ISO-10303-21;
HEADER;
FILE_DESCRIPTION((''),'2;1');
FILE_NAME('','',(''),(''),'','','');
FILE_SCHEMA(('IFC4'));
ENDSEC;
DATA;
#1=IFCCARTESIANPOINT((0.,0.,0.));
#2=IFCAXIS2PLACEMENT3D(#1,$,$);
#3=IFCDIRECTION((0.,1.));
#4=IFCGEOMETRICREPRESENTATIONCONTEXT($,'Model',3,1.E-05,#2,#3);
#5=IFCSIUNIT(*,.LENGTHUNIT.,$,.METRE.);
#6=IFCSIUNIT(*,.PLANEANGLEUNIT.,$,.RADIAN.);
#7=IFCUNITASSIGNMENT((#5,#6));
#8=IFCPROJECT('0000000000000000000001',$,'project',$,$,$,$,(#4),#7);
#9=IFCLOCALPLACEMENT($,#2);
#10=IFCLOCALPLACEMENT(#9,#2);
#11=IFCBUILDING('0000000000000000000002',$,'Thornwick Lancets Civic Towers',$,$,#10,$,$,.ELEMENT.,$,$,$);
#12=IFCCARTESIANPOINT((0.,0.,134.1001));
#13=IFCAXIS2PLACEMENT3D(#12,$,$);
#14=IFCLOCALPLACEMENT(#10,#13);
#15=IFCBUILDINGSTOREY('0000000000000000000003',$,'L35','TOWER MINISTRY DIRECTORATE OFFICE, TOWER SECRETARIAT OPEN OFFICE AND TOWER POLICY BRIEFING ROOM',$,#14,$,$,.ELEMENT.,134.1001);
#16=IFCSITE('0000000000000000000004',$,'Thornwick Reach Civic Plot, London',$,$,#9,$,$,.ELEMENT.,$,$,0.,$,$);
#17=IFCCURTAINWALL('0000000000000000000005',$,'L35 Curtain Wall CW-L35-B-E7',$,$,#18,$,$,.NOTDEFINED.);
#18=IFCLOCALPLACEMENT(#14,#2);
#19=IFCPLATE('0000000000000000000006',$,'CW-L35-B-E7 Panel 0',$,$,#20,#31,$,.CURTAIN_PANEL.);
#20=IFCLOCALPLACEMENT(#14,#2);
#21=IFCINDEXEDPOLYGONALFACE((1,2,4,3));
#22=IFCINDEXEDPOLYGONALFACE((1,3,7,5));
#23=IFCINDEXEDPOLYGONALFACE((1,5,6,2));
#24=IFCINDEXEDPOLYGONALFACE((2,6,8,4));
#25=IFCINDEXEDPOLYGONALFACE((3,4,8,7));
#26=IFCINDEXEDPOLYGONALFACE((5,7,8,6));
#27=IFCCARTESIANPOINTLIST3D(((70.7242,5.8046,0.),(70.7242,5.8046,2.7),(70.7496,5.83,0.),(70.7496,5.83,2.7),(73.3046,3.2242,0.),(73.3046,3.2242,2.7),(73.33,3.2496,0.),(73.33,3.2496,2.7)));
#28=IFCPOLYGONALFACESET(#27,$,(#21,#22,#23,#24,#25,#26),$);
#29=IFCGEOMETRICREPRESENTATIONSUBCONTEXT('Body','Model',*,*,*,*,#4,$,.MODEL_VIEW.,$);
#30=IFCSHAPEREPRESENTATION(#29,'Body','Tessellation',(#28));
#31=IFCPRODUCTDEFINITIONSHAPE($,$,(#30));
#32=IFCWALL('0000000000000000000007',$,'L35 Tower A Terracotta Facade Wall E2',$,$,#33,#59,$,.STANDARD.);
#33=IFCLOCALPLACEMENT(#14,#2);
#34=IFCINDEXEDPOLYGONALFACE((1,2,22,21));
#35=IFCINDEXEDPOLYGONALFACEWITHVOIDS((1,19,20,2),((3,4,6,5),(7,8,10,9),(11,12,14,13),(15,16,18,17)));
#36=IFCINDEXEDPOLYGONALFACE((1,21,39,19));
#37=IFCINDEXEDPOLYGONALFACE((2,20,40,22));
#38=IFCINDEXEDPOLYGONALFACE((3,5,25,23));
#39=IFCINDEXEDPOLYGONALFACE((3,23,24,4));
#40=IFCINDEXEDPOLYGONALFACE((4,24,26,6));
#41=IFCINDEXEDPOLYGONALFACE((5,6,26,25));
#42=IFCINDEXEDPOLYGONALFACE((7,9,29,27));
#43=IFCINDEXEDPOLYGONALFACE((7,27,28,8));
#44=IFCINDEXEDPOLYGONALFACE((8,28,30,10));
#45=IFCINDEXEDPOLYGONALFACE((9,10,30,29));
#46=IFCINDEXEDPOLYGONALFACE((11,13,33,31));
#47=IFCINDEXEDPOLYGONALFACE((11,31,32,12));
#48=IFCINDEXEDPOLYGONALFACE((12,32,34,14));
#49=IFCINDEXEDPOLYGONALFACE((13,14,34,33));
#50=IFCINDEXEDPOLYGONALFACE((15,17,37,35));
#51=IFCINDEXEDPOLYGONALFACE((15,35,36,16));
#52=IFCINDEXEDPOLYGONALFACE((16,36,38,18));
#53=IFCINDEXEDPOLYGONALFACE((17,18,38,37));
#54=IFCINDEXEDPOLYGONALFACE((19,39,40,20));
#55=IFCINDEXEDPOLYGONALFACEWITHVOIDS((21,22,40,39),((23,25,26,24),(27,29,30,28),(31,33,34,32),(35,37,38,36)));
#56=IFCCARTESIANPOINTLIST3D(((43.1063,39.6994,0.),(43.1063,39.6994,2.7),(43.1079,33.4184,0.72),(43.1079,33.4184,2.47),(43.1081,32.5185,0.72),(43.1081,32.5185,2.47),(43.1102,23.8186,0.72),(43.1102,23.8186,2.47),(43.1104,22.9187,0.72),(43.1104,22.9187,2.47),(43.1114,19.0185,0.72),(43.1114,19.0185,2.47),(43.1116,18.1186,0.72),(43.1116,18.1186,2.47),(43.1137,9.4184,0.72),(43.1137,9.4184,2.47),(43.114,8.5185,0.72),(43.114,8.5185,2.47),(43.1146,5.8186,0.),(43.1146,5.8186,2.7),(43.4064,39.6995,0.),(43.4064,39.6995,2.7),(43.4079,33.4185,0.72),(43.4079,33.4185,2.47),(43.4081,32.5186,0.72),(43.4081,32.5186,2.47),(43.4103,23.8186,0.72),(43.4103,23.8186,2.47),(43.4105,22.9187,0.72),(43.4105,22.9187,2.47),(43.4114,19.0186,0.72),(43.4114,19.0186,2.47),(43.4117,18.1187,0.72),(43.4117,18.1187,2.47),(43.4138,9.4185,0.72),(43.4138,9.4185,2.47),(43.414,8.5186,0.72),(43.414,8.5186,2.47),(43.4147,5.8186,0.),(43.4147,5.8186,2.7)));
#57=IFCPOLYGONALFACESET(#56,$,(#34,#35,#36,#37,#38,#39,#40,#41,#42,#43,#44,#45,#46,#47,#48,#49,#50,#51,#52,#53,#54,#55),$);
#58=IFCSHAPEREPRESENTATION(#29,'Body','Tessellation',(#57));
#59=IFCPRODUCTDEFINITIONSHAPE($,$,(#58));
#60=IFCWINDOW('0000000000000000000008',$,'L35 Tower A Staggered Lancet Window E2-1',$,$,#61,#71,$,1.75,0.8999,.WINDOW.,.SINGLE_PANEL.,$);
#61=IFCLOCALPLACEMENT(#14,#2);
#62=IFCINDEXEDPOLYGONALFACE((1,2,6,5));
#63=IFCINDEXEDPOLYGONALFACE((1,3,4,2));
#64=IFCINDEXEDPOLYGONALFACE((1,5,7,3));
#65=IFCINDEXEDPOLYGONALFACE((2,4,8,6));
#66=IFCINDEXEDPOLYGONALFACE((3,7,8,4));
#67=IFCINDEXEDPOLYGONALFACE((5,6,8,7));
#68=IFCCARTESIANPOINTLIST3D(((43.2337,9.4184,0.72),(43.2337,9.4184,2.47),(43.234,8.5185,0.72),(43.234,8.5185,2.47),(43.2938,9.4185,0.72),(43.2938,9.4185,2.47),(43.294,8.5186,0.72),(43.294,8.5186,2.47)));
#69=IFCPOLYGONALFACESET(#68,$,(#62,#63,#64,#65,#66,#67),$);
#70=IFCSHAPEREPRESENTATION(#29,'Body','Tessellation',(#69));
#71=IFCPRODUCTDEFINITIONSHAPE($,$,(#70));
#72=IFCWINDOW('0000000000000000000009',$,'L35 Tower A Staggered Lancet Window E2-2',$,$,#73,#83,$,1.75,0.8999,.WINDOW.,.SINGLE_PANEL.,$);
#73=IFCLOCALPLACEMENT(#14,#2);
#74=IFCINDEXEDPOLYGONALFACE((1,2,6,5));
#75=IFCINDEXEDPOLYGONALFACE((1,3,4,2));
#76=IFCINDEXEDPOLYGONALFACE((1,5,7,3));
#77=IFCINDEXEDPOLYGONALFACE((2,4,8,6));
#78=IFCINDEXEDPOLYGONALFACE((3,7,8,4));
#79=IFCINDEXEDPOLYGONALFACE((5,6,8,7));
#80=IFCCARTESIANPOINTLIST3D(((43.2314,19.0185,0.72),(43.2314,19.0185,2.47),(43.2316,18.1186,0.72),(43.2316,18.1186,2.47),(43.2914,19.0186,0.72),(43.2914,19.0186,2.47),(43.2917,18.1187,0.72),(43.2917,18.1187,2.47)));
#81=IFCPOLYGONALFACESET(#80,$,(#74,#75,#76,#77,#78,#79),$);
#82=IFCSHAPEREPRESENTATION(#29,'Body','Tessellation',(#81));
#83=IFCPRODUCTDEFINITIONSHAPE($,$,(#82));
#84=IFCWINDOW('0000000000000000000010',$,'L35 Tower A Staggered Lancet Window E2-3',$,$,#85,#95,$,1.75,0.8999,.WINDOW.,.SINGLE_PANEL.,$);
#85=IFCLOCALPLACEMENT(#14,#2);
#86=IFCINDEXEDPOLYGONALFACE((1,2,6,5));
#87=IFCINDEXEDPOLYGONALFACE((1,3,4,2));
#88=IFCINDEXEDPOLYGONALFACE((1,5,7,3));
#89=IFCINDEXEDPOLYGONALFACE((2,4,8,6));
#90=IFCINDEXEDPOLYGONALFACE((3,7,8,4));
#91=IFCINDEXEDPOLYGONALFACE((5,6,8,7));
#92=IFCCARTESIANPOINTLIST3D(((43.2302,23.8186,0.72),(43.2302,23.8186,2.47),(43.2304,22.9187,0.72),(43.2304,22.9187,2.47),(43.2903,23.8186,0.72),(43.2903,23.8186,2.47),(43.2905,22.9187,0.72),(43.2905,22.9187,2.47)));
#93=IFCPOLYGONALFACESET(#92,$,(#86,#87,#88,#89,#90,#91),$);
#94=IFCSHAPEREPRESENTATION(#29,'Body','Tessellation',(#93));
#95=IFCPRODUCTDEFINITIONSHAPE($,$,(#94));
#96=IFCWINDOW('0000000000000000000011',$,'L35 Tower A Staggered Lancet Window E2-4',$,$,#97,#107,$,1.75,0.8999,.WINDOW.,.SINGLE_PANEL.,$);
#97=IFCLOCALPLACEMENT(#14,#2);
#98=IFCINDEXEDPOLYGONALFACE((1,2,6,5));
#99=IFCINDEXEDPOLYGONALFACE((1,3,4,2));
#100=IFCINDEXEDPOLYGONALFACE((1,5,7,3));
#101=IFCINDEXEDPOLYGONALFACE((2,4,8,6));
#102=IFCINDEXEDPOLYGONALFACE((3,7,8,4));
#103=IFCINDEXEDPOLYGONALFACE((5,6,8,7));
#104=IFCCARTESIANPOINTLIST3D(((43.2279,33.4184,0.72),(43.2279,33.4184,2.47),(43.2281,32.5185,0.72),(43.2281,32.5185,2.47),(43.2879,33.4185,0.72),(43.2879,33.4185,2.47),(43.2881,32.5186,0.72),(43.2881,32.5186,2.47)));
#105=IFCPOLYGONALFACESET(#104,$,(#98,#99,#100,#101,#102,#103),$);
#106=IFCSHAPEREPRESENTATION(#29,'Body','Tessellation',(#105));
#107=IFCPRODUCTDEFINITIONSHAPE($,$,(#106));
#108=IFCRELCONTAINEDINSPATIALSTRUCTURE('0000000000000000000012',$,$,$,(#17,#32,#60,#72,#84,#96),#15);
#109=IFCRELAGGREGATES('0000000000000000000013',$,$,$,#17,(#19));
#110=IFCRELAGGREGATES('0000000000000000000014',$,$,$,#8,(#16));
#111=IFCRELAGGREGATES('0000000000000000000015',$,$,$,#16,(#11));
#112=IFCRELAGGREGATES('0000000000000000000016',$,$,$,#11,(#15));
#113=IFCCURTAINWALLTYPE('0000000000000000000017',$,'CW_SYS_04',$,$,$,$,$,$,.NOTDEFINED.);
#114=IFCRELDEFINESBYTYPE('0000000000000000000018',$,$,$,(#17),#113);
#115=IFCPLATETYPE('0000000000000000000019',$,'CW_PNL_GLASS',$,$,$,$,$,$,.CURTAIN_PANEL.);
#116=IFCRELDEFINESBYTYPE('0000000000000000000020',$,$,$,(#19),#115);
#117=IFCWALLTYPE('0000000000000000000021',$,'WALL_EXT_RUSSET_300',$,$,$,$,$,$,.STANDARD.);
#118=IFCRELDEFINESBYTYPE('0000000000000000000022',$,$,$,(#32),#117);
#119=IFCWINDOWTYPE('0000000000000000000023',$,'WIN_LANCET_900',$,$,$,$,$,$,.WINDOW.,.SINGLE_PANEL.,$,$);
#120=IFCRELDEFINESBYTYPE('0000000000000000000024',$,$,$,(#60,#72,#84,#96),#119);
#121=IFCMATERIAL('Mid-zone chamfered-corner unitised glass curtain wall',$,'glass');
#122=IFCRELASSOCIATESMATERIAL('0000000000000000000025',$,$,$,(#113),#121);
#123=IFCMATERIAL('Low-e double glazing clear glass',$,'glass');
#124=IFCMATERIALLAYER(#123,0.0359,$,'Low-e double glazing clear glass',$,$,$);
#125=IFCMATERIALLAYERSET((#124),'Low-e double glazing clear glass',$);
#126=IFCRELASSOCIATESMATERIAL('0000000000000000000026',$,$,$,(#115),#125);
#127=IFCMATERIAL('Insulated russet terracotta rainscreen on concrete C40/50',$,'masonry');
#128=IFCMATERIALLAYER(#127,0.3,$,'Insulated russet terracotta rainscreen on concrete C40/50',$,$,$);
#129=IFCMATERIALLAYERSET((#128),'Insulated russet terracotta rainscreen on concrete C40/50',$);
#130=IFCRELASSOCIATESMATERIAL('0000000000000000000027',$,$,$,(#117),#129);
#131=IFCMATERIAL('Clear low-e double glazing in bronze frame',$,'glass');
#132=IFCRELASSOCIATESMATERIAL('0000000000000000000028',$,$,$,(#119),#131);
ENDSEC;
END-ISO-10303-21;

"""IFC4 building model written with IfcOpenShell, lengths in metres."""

from ifc_helpers import new_model, si_unit, direction, frame, frame_2d, origin, origin_2d, place, context, subcontext, project, spatial, rectangle, extrude, material, layer, layer_set, type_object, element, fill, aggregate, save


model = new_model("IFC4")

# Units and contexts
model_context = context("Model", 3, precision=1e-05, world=origin(), true_north=direction((0.0, 1.0)))
body_context = subcontext(model_context, "Body", "Model", "MODEL_VIEW")
ifc_project = project(units=[si_unit("LENGTHUNIT", "METRE"), si_unit("PLANEANGLEUNIT", "RADIAN")], contexts=[model_context])

# Site, building, storey
site_placement = place(None, origin())
site = spatial("IfcSite", under=ifc_project, at=site_placement, Name="Thornwick Reach Civic Plot, London", CompositionType="ELEMENT", RefElevation=0.0)
building_placement = place(site_placement, origin())
building = spatial("IfcBuilding", under=site, at=building_placement, Name="Thornwick Lancets Civic Towers", CompositionType="ELEMENT")
storey_placement = place(building_placement, frame((0.0, 0.0, 134.1001)))
storey = spatial("IfcBuildingStorey", under=building, at=storey_placement, Name="L35", Description="TOWER MINISTRY DIRECTORATE OFFICE, TOWER SECRETARIAT OPEN OFFICE AND TOWER POLICY BRIEFING ROOM", CompositionType="ELEMENT", Elevation=134.1001)

# Shared definitions
ifc_material_1 = material(Name="Mid-zone chamfered-corner unitised glass curtain wall", Category="glass")
curtain_wall_type = type_object("IfcCurtainWallType", Name="CW_SYS_04", PredefinedType="NOTDEFINED", material=ifc_material_1)

# Curtain wall, plate
curtain_wall_1_placement = place(storey_placement, origin())
curtain_wall_1 = element("IfcCurtainWall", 1, at=curtain_wall_1_placement, inside=storey, type_object=curtain_wall_type, Name="L35 Curtain Wall CW-L35-B-E7", PredefinedType="NOTDEFINED")
ifc_material_2 = material(Name="Low-e double glazing clear glass", Category="glass")
ifc_layer_1 = layer(ifc_material_2, 0.0359, Name="Low-e double glazing clear glass")
ifc_layer_set_1 = layer_set([ifc_layer_1], Name="Low-e double glazing clear glass")
plate_type = type_object("IfcPlateType", Name="CW_PNL_GLASS", PredefinedType="CURTAIN_PANEL", material=ifc_layer_set_1)
plate_placement = place(storey_placement, frame((72.0271, 4.5271, 0.0), z_axis=(0.0, 0.0, 1.0), x_axis=(0.707107, -0.707107, 0.0)))
plate = element("IfcPlate", 2, at=plate_placement, type_object=plate_type, Name="CW-L35-B-E7 Panel 0", PredefinedType="CURTAIN_PANEL", context=body_context, shape_type="SweptSolid", body=[
    extrude(rectangle(XDim=3.6492, YDim=0.0359, at=origin_2d()), origin(), (0.0, 0.0, 1.0), 2.7),
])
aggregate(curtain_wall_1, [plate])

# Wall, openings, windows
ifc_material_3 = material(Name="Insulated russet terracotta rainscreen on concrete C40/50", Category="masonry")
ifc_layer_2 = layer(ifc_material_3, 0.3, Name="Insulated russet terracotta rainscreen on concrete C40/50")
ifc_layer_set_2 = layer_set([ifc_layer_2], Name="Insulated russet terracotta rainscreen on concrete C40/50")
wall_type_1 = type_object("IfcWallType", Name="WALL_EXT_RUSSET_300", PredefinedType="STANDARD", material=ifc_layer_set_2)
wall_1_placement = place(storey_placement, frame((43.2646, 5.8186, 0.0), z_axis=(0.0, 0.0, 1.0), x_axis=(-0.000245, 1.0, 0.0)))
wall_1 = element("IfcWall", 3, at=wall_1_placement, inside=storey, type_object=wall_type_1, Name="L35 Tower A Terracotta Facade Wall E2", PredefinedType="STANDARD", context=body_context, shape_type="SweptSolid", body=[
    extrude(rectangle(XDim=33.8809, YDim=0.3, at=frame_2d((16.9404, 0.0))), origin(), (0.0, 0.0, 1.0), 2.7),
])
opening_1_placement = place(wall_1_placement, frame((2.7, 0.0, 0.72)))
opening_1 = element("IfcOpeningElement", 4, at=opening_1_placement, cuts=wall_1, PredefinedType="OPENING", context=body_context, shape_type="SweptSolid", body=[
    extrude(rectangle(XDim=0.8999, YDim=1.75, at=frame_2d((0.45, 0.875))), frame((0.0, 0.1602, 0.0), z_axis=(0.0, -1.0, 0.0), x_axis=(1.0, 0.0, 0.0)), (0.0, 0.0, 1.0), 0.3201),
])
opening_2_placement = place(wall_1_placement, frame((12.3, 0.0, 0.72)))
opening_2 = element("IfcOpeningElement", 5, at=opening_2_placement, cuts=wall_1, PredefinedType="OPENING", context=body_context, shape_type="SweptSolid", body=[
    extrude(rectangle(XDim=0.8999, YDim=1.75, at=frame_2d((0.45, 0.875))), frame((0.0, 0.1602, 0.0), z_axis=(0.0, -1.0, 0.0), x_axis=(1.0, 0.0, 0.0)), (0.0, 0.0, 1.0), 0.3201),
])
opening_3_placement = place(wall_1_placement, frame((17.1001, 0.0, 0.72)))
opening_3 = element("IfcOpeningElement", 6, at=opening_3_placement, cuts=wall_1, PredefinedType="OPENING", context=body_context, shape_type="SweptSolid", body=[
    extrude(rectangle(XDim=0.8999, YDim=1.75, at=frame_2d((0.45, 0.875))), frame((0.0, 0.1602, 0.0), z_axis=(0.0, -1.0, 0.0), x_axis=(1.0, 0.0, 0.0)), (0.0, 0.0, 1.0), 0.3201),
])
opening_4_placement = place(wall_1_placement, frame((26.7, 0.0, 0.72)))
opening_4 = element("IfcOpeningElement", 7, at=opening_4_placement, cuts=wall_1, PredefinedType="OPENING", context=body_context, shape_type="SweptSolid", body=[
    extrude(rectangle(XDim=0.8999, YDim=1.75, at=frame_2d((0.45, 0.875))), frame((0.0, 0.1602, 0.0), z_axis=(0.0, -1.0, 0.0), x_axis=(1.0, 0.0, 0.0)), (0.0, 0.0, 1.0), 0.3201),
])
ifc_material_4 = material(Name="Clear low-e double glazing in bronze frame", Category="glass")
window_type = type_object("IfcWindowType", Name="WIN_LANCET_900", PartitioningType="SINGLE_PANEL", PredefinedType="WINDOW", material=ifc_material_4)
window_1_placement = place(opening_1_placement, origin())
window_1 = element("IfcWindow", 8, at=window_1_placement, inside=storey, type_object=window_type, Name="L35 Tower A Staggered Lancet Window E2-1", OverallHeight=1.75, OverallWidth=0.8999, PartitioningType="SINGLE_PANEL", PredefinedType="WINDOW", context=body_context, shape_type="SweptSolid", body=[
    extrude(rectangle(XDim=0.8999, YDim=1.75, at=frame_2d((0.45, 0.875))), frame((0.0, 0.03, 0.0), z_axis=(0.0, -1.0, 0.0), x_axis=(1.0, 0.0, 0.0)), (0.0, 0.0, 1.0), 0.0601),
])
fill(opening_1, window_1)
window_2_placement = place(opening_2_placement, origin())
window_2 = element("IfcWindow", 9, at=window_2_placement, inside=storey, type_object=window_type, Name="L35 Tower A Staggered Lancet Window E2-2", OverallHeight=1.75, OverallWidth=0.8999, PartitioningType="SINGLE_PANEL", PredefinedType="WINDOW", context=body_context, shape_type="SweptSolid", body=[
    extrude(rectangle(XDim=0.8999, YDim=1.75, at=frame_2d((0.45, 0.875))), frame((0.0, 0.03, 0.0), z_axis=(0.0, -1.0, 0.0), x_axis=(1.0, 0.0, 0.0)), (0.0, 0.0, 1.0), 0.0601),
])
fill(opening_2, window_2)
window_3_placement = place(opening_3_placement, origin())
window_3 = element("IfcWindow", 10, at=window_3_placement, inside=storey, type_object=window_type, Name="L35 Tower A Staggered Lancet Window E2-3", OverallHeight=1.75, OverallWidth=0.8999, PartitioningType="SINGLE_PANEL", PredefinedType="WINDOW", context=body_context, shape_type="SweptSolid", body=[
    extrude(rectangle(XDim=0.8999, YDim=1.75, at=frame_2d((0.45, 0.875))), frame((0.0, 0.03, 0.0), z_axis=(0.0, -1.0, 0.0), x_axis=(1.0, 0.0, 0.0)), (0.0, 0.0, 1.0), 0.0601),
])
fill(opening_3, window_3)
window_4_placement = place(opening_4_placement, origin())
window_4 = element("IfcWindow", 11, at=window_4_placement, inside=storey, type_object=window_type, Name="L35 Tower A Staggered Lancet Window E2-4", OverallHeight=1.75, OverallWidth=0.8999, PartitioningType="SINGLE_PANEL", PredefinedType="WINDOW", context=body_context, shape_type="SweptSolid", body=[
    extrude(rectangle(XDim=0.8999, YDim=1.75, at=frame_2d((0.45, 0.875))), frame((0.0, 0.03, 0.0), z_axis=(0.0, -1.0, 0.0), x_axis=(1.0, 0.0, 0.0)), (0.0, 0.0, 1.0), 0.0601),
])
fill(opening_4, window_4)

save(model, "model.ifc")
